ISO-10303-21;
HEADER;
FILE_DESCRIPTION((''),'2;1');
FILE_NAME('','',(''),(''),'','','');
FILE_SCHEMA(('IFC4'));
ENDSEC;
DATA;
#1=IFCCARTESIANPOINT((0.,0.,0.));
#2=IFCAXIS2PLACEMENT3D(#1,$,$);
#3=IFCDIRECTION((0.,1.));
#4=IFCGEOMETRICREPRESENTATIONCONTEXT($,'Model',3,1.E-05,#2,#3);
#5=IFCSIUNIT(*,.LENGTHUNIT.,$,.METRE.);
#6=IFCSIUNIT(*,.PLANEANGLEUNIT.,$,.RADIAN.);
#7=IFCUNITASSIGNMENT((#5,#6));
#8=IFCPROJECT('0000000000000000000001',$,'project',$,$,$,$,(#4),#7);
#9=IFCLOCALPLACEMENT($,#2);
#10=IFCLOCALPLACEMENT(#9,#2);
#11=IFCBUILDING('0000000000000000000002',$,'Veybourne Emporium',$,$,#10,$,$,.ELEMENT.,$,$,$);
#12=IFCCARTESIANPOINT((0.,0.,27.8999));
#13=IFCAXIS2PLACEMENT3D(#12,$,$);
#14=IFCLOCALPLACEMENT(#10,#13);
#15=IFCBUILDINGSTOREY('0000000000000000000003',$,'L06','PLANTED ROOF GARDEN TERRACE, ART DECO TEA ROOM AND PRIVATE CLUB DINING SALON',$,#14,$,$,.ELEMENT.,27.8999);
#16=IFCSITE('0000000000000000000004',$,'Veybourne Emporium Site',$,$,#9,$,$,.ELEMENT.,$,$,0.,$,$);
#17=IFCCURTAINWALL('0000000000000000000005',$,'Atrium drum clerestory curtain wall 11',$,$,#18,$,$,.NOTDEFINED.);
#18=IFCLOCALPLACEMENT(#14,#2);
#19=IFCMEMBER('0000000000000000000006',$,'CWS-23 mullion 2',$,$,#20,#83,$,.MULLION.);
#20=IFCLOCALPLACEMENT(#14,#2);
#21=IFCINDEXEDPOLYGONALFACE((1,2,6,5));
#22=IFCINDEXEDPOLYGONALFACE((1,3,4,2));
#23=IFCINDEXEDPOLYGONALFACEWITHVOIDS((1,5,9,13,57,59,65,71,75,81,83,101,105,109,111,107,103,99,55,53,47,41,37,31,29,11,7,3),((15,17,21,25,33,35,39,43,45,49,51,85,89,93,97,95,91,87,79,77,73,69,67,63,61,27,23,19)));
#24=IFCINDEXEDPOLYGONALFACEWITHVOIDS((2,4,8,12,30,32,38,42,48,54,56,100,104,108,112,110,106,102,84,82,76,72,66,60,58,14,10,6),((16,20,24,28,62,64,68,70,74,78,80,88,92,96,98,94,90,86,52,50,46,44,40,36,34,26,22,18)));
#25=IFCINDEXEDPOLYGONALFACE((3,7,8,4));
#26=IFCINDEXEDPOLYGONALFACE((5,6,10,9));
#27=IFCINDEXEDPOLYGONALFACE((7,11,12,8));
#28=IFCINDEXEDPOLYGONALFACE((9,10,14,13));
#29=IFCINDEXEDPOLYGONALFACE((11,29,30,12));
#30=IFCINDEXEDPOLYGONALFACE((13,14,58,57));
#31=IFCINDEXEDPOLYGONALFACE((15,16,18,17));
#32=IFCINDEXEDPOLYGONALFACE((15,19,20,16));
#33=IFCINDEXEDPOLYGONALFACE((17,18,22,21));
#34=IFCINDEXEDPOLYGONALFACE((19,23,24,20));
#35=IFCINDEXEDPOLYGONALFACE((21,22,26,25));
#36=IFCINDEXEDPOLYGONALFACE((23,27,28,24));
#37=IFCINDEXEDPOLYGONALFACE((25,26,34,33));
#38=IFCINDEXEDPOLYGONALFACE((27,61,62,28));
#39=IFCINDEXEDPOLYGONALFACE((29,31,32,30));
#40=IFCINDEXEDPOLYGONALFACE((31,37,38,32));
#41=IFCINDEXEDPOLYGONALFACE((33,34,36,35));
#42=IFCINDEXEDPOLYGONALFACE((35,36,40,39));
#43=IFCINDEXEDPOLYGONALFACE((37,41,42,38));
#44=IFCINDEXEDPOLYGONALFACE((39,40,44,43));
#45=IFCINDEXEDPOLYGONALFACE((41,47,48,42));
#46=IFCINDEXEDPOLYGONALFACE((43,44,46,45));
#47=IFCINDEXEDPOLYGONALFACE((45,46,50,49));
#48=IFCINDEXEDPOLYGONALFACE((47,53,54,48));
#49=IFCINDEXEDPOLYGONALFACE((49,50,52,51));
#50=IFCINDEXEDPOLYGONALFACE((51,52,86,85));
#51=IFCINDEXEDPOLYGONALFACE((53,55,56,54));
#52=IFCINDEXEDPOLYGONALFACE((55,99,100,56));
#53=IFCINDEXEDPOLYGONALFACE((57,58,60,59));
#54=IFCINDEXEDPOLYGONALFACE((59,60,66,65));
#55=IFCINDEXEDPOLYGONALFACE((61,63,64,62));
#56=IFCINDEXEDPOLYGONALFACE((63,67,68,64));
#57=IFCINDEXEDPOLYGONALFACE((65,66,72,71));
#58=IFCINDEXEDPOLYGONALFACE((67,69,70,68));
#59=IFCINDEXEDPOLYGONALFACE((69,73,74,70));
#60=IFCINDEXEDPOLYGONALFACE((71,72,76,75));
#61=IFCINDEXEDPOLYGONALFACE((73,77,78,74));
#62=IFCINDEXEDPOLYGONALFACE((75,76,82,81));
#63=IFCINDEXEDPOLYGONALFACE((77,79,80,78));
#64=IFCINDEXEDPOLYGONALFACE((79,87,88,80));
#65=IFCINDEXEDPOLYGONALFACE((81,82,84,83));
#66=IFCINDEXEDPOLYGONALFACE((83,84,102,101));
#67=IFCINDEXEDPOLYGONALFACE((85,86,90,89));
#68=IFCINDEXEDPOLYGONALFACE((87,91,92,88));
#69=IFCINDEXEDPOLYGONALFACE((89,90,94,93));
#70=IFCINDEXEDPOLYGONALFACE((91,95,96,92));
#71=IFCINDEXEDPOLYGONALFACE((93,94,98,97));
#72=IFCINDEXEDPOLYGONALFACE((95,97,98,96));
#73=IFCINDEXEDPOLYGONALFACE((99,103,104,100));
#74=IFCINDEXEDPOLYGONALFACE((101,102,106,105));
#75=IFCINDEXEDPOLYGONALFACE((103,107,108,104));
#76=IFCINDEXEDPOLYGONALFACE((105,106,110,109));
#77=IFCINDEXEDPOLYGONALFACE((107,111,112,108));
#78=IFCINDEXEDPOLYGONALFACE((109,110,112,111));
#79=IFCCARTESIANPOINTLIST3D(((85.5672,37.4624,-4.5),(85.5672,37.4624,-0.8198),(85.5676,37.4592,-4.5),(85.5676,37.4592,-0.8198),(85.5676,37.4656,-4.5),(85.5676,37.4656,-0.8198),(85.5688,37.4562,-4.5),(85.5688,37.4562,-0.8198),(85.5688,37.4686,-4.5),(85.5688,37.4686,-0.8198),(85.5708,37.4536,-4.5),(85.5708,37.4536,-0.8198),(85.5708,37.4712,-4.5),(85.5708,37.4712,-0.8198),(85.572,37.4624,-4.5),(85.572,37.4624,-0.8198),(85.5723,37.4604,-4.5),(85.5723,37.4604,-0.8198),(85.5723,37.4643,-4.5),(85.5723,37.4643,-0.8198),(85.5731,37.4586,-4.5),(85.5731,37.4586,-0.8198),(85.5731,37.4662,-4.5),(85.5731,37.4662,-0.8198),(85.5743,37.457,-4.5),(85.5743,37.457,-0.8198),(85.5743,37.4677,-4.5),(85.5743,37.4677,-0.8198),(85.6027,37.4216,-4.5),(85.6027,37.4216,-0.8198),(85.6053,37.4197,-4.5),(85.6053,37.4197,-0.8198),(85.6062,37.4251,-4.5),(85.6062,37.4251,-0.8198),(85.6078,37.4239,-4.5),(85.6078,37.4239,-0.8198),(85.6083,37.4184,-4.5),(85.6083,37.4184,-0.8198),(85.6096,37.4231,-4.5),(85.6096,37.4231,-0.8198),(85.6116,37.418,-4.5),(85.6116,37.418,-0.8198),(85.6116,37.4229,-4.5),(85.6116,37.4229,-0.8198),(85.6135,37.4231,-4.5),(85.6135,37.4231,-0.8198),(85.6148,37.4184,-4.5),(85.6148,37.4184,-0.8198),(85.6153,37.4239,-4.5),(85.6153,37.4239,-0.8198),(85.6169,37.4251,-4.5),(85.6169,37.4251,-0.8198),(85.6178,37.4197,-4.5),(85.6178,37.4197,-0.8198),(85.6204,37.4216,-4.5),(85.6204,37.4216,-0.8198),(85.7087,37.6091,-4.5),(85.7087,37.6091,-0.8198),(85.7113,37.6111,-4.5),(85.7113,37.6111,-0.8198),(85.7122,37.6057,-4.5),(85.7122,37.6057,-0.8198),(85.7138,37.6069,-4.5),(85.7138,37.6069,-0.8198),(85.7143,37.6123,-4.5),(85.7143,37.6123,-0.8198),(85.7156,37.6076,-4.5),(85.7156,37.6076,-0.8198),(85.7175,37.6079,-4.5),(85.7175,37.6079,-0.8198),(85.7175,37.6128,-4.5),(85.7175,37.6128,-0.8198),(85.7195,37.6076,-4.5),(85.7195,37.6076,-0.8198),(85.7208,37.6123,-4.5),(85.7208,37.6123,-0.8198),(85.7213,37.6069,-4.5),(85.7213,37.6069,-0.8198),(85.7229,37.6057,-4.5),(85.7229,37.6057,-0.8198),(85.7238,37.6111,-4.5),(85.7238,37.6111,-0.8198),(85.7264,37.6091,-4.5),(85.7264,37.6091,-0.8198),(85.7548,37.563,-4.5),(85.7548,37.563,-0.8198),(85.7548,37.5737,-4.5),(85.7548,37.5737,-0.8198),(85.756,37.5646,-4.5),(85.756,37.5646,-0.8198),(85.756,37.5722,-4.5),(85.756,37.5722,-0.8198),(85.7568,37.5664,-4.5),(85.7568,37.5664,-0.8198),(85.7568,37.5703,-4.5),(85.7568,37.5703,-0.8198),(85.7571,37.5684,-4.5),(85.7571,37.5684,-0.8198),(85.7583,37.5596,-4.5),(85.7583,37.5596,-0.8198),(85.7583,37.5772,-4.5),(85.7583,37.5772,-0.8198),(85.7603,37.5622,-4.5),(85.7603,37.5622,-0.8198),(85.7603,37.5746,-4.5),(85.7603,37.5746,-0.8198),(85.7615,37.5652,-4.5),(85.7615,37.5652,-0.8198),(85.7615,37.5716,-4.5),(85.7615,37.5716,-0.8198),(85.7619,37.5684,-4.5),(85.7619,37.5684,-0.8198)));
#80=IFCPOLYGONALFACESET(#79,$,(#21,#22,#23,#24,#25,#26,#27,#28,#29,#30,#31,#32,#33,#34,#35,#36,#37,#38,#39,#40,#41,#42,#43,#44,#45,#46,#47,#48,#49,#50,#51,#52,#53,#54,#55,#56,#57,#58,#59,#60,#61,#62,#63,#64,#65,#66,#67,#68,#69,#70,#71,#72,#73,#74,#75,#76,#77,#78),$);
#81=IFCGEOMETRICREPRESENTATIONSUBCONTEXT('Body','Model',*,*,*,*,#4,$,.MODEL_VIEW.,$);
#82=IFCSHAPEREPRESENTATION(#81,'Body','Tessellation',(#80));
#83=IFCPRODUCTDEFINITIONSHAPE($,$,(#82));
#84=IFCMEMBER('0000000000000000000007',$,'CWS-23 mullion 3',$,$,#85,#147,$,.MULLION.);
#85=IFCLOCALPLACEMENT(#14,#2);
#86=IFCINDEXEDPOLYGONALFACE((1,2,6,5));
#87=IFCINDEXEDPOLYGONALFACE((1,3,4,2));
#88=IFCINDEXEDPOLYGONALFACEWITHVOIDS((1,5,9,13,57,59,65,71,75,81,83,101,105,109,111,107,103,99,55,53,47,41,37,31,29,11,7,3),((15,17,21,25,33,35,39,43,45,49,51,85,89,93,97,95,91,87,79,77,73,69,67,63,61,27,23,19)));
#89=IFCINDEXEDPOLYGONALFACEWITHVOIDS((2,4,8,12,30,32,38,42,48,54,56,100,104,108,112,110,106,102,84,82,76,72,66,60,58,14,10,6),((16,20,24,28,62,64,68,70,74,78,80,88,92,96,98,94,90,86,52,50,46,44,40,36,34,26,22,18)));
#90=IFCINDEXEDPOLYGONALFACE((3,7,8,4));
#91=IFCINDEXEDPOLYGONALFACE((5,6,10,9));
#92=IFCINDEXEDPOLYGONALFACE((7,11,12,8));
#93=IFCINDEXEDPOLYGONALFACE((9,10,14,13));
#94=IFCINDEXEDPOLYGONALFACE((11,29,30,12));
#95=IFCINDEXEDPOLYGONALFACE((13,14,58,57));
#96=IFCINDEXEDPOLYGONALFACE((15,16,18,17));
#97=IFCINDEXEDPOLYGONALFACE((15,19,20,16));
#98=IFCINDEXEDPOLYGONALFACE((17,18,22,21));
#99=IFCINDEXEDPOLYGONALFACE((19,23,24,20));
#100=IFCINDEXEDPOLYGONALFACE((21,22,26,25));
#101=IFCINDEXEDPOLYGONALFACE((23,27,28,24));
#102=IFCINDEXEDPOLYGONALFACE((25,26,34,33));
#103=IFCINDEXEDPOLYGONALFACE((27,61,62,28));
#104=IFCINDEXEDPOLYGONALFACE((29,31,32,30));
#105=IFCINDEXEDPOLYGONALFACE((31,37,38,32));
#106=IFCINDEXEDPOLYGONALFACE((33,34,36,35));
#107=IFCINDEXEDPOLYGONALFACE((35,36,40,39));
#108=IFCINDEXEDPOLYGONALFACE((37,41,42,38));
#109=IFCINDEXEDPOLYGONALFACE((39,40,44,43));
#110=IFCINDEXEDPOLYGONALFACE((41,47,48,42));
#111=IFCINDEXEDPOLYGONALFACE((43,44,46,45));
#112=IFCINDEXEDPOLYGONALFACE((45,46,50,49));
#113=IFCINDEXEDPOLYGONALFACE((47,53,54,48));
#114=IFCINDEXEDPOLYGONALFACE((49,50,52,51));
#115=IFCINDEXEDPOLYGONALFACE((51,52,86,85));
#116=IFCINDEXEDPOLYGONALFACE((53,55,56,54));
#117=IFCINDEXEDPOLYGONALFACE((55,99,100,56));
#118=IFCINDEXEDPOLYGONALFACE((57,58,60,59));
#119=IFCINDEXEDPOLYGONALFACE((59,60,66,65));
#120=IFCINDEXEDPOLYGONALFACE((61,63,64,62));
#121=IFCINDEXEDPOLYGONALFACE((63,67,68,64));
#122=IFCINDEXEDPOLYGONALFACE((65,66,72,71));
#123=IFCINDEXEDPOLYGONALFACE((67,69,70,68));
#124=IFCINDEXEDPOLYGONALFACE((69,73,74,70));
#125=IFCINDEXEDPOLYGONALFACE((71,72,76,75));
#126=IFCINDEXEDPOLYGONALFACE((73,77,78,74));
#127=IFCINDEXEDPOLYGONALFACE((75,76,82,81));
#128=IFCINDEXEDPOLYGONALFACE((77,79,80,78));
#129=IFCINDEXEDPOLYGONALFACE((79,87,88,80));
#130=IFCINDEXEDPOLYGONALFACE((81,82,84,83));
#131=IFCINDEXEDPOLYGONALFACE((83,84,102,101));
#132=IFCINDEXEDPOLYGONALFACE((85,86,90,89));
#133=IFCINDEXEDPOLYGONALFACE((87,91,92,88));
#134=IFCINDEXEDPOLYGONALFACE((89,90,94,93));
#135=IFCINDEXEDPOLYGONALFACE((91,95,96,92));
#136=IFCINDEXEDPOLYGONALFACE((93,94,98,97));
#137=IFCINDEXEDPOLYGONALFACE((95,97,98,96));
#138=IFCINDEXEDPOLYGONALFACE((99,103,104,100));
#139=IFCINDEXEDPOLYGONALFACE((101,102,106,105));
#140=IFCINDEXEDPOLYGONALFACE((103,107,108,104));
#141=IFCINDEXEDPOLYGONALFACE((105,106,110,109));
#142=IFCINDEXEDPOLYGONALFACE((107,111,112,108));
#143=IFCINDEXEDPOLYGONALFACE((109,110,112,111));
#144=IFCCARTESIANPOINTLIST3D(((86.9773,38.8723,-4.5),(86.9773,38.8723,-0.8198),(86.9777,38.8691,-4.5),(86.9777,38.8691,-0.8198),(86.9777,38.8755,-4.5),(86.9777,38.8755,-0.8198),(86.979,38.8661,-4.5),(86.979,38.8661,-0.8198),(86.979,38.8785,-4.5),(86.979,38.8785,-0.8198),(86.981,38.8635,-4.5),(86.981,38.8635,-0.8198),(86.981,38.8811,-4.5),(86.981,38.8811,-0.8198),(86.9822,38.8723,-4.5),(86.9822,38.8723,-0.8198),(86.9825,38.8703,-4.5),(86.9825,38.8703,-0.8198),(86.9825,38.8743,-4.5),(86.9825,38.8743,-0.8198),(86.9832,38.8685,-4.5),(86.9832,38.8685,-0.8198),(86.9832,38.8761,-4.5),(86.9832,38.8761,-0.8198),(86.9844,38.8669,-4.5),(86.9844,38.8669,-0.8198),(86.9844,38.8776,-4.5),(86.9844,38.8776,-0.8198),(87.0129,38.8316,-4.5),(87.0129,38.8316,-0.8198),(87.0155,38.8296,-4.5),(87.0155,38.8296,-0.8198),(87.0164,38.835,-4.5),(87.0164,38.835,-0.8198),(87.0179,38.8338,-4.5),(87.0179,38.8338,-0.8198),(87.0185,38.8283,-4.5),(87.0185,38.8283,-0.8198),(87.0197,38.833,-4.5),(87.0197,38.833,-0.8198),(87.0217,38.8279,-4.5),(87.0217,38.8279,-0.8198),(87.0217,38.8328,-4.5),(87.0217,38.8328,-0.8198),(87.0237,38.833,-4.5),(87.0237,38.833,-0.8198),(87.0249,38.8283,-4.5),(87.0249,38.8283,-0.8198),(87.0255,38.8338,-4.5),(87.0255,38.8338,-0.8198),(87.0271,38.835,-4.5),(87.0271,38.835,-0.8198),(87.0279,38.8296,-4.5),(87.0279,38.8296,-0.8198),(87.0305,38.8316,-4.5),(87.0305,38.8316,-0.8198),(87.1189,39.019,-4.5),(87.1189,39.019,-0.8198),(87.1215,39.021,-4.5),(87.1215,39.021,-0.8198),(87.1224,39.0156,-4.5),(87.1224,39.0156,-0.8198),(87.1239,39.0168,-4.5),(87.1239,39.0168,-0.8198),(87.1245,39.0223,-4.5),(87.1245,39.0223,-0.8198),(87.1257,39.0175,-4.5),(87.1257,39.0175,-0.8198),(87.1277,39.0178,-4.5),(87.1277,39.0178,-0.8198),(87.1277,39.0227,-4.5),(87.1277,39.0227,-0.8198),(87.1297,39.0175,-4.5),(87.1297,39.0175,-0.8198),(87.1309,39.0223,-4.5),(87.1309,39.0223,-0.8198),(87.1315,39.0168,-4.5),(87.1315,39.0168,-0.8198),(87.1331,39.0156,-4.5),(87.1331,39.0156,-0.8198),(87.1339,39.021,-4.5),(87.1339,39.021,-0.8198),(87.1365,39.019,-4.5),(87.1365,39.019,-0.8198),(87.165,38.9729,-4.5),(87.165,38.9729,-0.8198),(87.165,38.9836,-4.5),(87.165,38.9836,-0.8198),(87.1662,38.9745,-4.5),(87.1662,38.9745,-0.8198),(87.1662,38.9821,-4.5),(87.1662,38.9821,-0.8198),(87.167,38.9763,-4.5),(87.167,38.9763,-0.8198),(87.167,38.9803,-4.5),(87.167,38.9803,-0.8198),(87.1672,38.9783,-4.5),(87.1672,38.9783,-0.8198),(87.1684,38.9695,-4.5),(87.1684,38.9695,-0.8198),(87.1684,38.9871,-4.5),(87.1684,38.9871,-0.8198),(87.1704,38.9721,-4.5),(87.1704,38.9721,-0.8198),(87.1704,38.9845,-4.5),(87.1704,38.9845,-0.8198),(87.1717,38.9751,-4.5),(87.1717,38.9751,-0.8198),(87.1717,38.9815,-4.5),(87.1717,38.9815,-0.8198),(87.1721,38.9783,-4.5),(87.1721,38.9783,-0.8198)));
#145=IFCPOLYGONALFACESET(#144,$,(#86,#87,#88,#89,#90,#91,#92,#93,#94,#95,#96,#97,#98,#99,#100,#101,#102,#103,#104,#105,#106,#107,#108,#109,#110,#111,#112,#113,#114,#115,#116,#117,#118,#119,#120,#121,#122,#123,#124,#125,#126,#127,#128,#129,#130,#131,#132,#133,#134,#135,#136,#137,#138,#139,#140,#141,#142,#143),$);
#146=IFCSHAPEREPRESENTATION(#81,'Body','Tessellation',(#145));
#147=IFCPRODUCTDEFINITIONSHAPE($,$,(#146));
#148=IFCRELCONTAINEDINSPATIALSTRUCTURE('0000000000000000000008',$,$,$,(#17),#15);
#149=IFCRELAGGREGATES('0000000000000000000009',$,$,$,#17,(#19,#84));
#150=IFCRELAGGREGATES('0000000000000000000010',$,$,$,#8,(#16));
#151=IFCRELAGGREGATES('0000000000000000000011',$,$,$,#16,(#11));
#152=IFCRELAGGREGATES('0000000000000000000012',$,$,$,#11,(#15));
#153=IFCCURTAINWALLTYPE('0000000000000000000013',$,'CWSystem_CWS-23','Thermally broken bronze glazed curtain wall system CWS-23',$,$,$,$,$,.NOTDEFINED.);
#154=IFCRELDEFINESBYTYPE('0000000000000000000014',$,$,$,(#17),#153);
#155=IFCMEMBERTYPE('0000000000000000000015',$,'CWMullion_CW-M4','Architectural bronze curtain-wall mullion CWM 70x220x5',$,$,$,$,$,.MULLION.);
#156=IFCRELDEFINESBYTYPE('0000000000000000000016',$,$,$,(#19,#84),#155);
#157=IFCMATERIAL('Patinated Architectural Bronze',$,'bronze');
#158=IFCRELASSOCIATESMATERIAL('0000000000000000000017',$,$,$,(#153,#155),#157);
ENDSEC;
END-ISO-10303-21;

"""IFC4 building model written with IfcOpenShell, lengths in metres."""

from ifc_helpers import new_model, si_unit, direction, frame, origin, origin_2d, place, context, subcontext, project, spatial, hollow_rectangle, extrude, material, material_profile, profile_set, type_object, element, aggregate, save


model = new_model("IFC4")

# Units and contexts
model_context = context("Model", 3, precision=1e-05, world=origin(), true_north=direction((0.0, 1.0)))
body_context = subcontext(model_context, "Body", "Model", "MODEL_VIEW")
ifc_project = project(units=[si_unit("LENGTHUNIT", "METRE"), si_unit("PLANEANGLEUNIT", "RADIAN")], contexts=[model_context])

# Site, building, storey
site_placement = place(None, origin())
site = spatial("IfcSite", under=ifc_project, at=site_placement, Name="Veybourne Emporium Site", CompositionType="ELEMENT", RefElevation=0.0)
building_placement = place(site_placement, origin())
building = spatial("IfcBuilding", under=site, at=building_placement, Name="Veybourne Emporium", CompositionType="ELEMENT")
storey_placement = place(building_placement, frame((0.0, 0.0, 27.8999)))
storey = spatial("IfcBuildingStorey", under=building, at=storey_placement, Name="L06", Description="PLANTED ROOF GARDEN TERRACE, ART DECO TEA ROOM AND PRIVATE CLUB DINING SALON", CompositionType="ELEMENT", Elevation=27.8999)

# Curtain wall, members
ifc_material_1 = material(Name="Patinated Architectural Bronze", Category="bronze")
curtain_wall_type = type_object("IfcCurtainWallType", Name="CWSystem_CWS-23", Description="Thermally broken bronze glazed curtain wall system CWS-23", PredefinedType="NOTDEFINED", material=ifc_material_1)
curtain_wall_placement = place(storey_placement, origin())
curtain_wall = element("IfcCurtainWall", 1, at=curtain_wall_placement, inside=storey, type_object=curtain_wall_type, Name="Atrium drum clerestory curtain wall 11", PredefinedType="NOTDEFINED")
ifc_material_profile_1 = material_profile(ifc_material_1, hollow_rectangle(XDim=0.0701, YDim=0.22, WallThickness=0.0049, InnerFilletRadius=0.0076, OuterFilletRadius=0.0125, at=origin_2d()), Name="CWM 70x220x5")
ifc_profile_set_1 = profile_set([ifc_material_profile_1], Name="Patinated Architectural Bronze")
member_type_1 = type_object("IfcMemberType", Name="CWMullion_CW-M4", Description="Architectural bronze curtain-wall mullion CWM 70x220x5", PredefinedType="MULLION", material=ifc_profile_set_1)
member_1_placement = place(storey_placement, frame((85.6646, 37.5154, -4.5), z_axis=(0.0, 0.0, 1.0), x_axis=(-0.707107, 0.707107, 0.0)))
member_1 = element("IfcMember", 2, at=member_1_placement, type_object=member_type_1, Name="CWS-23 mullion 2", PredefinedType="MULLION", context=body_context, shape_type="SweptSolid", body=[
    extrude(hollow_rectangle(XDim=0.0701, YDim=0.22, WallThickness=0.0049, InnerFilletRadius=0.0076, OuterFilletRadius=0.0125, at=origin_2d()), origin(), (0.0, 0.0, 1.0), 3.6802),
])
member_2_placement = place(storey_placement, frame((87.0747, 38.9253, -4.5), z_axis=(0.0, 0.0, 1.0), x_axis=(-0.707107, 0.707107, 0.0)))
member_2 = element("IfcMember", 3, at=member_2_placement, type_object=member_type_1, Name="CWS-23 mullion 3", PredefinedType="MULLION", context=body_context, shape_type="SweptSolid", body=[
    extrude(hollow_rectangle(XDim=0.0701, YDim=0.22, WallThickness=0.0049, InnerFilletRadius=0.0076, OuterFilletRadius=0.0125, at=origin_2d()), origin(), (0.0, 0.0, 1.0), 3.6802),
])

aggregate(curtain_wall, [member_1, member_2])

save(model, "model.ifc")
